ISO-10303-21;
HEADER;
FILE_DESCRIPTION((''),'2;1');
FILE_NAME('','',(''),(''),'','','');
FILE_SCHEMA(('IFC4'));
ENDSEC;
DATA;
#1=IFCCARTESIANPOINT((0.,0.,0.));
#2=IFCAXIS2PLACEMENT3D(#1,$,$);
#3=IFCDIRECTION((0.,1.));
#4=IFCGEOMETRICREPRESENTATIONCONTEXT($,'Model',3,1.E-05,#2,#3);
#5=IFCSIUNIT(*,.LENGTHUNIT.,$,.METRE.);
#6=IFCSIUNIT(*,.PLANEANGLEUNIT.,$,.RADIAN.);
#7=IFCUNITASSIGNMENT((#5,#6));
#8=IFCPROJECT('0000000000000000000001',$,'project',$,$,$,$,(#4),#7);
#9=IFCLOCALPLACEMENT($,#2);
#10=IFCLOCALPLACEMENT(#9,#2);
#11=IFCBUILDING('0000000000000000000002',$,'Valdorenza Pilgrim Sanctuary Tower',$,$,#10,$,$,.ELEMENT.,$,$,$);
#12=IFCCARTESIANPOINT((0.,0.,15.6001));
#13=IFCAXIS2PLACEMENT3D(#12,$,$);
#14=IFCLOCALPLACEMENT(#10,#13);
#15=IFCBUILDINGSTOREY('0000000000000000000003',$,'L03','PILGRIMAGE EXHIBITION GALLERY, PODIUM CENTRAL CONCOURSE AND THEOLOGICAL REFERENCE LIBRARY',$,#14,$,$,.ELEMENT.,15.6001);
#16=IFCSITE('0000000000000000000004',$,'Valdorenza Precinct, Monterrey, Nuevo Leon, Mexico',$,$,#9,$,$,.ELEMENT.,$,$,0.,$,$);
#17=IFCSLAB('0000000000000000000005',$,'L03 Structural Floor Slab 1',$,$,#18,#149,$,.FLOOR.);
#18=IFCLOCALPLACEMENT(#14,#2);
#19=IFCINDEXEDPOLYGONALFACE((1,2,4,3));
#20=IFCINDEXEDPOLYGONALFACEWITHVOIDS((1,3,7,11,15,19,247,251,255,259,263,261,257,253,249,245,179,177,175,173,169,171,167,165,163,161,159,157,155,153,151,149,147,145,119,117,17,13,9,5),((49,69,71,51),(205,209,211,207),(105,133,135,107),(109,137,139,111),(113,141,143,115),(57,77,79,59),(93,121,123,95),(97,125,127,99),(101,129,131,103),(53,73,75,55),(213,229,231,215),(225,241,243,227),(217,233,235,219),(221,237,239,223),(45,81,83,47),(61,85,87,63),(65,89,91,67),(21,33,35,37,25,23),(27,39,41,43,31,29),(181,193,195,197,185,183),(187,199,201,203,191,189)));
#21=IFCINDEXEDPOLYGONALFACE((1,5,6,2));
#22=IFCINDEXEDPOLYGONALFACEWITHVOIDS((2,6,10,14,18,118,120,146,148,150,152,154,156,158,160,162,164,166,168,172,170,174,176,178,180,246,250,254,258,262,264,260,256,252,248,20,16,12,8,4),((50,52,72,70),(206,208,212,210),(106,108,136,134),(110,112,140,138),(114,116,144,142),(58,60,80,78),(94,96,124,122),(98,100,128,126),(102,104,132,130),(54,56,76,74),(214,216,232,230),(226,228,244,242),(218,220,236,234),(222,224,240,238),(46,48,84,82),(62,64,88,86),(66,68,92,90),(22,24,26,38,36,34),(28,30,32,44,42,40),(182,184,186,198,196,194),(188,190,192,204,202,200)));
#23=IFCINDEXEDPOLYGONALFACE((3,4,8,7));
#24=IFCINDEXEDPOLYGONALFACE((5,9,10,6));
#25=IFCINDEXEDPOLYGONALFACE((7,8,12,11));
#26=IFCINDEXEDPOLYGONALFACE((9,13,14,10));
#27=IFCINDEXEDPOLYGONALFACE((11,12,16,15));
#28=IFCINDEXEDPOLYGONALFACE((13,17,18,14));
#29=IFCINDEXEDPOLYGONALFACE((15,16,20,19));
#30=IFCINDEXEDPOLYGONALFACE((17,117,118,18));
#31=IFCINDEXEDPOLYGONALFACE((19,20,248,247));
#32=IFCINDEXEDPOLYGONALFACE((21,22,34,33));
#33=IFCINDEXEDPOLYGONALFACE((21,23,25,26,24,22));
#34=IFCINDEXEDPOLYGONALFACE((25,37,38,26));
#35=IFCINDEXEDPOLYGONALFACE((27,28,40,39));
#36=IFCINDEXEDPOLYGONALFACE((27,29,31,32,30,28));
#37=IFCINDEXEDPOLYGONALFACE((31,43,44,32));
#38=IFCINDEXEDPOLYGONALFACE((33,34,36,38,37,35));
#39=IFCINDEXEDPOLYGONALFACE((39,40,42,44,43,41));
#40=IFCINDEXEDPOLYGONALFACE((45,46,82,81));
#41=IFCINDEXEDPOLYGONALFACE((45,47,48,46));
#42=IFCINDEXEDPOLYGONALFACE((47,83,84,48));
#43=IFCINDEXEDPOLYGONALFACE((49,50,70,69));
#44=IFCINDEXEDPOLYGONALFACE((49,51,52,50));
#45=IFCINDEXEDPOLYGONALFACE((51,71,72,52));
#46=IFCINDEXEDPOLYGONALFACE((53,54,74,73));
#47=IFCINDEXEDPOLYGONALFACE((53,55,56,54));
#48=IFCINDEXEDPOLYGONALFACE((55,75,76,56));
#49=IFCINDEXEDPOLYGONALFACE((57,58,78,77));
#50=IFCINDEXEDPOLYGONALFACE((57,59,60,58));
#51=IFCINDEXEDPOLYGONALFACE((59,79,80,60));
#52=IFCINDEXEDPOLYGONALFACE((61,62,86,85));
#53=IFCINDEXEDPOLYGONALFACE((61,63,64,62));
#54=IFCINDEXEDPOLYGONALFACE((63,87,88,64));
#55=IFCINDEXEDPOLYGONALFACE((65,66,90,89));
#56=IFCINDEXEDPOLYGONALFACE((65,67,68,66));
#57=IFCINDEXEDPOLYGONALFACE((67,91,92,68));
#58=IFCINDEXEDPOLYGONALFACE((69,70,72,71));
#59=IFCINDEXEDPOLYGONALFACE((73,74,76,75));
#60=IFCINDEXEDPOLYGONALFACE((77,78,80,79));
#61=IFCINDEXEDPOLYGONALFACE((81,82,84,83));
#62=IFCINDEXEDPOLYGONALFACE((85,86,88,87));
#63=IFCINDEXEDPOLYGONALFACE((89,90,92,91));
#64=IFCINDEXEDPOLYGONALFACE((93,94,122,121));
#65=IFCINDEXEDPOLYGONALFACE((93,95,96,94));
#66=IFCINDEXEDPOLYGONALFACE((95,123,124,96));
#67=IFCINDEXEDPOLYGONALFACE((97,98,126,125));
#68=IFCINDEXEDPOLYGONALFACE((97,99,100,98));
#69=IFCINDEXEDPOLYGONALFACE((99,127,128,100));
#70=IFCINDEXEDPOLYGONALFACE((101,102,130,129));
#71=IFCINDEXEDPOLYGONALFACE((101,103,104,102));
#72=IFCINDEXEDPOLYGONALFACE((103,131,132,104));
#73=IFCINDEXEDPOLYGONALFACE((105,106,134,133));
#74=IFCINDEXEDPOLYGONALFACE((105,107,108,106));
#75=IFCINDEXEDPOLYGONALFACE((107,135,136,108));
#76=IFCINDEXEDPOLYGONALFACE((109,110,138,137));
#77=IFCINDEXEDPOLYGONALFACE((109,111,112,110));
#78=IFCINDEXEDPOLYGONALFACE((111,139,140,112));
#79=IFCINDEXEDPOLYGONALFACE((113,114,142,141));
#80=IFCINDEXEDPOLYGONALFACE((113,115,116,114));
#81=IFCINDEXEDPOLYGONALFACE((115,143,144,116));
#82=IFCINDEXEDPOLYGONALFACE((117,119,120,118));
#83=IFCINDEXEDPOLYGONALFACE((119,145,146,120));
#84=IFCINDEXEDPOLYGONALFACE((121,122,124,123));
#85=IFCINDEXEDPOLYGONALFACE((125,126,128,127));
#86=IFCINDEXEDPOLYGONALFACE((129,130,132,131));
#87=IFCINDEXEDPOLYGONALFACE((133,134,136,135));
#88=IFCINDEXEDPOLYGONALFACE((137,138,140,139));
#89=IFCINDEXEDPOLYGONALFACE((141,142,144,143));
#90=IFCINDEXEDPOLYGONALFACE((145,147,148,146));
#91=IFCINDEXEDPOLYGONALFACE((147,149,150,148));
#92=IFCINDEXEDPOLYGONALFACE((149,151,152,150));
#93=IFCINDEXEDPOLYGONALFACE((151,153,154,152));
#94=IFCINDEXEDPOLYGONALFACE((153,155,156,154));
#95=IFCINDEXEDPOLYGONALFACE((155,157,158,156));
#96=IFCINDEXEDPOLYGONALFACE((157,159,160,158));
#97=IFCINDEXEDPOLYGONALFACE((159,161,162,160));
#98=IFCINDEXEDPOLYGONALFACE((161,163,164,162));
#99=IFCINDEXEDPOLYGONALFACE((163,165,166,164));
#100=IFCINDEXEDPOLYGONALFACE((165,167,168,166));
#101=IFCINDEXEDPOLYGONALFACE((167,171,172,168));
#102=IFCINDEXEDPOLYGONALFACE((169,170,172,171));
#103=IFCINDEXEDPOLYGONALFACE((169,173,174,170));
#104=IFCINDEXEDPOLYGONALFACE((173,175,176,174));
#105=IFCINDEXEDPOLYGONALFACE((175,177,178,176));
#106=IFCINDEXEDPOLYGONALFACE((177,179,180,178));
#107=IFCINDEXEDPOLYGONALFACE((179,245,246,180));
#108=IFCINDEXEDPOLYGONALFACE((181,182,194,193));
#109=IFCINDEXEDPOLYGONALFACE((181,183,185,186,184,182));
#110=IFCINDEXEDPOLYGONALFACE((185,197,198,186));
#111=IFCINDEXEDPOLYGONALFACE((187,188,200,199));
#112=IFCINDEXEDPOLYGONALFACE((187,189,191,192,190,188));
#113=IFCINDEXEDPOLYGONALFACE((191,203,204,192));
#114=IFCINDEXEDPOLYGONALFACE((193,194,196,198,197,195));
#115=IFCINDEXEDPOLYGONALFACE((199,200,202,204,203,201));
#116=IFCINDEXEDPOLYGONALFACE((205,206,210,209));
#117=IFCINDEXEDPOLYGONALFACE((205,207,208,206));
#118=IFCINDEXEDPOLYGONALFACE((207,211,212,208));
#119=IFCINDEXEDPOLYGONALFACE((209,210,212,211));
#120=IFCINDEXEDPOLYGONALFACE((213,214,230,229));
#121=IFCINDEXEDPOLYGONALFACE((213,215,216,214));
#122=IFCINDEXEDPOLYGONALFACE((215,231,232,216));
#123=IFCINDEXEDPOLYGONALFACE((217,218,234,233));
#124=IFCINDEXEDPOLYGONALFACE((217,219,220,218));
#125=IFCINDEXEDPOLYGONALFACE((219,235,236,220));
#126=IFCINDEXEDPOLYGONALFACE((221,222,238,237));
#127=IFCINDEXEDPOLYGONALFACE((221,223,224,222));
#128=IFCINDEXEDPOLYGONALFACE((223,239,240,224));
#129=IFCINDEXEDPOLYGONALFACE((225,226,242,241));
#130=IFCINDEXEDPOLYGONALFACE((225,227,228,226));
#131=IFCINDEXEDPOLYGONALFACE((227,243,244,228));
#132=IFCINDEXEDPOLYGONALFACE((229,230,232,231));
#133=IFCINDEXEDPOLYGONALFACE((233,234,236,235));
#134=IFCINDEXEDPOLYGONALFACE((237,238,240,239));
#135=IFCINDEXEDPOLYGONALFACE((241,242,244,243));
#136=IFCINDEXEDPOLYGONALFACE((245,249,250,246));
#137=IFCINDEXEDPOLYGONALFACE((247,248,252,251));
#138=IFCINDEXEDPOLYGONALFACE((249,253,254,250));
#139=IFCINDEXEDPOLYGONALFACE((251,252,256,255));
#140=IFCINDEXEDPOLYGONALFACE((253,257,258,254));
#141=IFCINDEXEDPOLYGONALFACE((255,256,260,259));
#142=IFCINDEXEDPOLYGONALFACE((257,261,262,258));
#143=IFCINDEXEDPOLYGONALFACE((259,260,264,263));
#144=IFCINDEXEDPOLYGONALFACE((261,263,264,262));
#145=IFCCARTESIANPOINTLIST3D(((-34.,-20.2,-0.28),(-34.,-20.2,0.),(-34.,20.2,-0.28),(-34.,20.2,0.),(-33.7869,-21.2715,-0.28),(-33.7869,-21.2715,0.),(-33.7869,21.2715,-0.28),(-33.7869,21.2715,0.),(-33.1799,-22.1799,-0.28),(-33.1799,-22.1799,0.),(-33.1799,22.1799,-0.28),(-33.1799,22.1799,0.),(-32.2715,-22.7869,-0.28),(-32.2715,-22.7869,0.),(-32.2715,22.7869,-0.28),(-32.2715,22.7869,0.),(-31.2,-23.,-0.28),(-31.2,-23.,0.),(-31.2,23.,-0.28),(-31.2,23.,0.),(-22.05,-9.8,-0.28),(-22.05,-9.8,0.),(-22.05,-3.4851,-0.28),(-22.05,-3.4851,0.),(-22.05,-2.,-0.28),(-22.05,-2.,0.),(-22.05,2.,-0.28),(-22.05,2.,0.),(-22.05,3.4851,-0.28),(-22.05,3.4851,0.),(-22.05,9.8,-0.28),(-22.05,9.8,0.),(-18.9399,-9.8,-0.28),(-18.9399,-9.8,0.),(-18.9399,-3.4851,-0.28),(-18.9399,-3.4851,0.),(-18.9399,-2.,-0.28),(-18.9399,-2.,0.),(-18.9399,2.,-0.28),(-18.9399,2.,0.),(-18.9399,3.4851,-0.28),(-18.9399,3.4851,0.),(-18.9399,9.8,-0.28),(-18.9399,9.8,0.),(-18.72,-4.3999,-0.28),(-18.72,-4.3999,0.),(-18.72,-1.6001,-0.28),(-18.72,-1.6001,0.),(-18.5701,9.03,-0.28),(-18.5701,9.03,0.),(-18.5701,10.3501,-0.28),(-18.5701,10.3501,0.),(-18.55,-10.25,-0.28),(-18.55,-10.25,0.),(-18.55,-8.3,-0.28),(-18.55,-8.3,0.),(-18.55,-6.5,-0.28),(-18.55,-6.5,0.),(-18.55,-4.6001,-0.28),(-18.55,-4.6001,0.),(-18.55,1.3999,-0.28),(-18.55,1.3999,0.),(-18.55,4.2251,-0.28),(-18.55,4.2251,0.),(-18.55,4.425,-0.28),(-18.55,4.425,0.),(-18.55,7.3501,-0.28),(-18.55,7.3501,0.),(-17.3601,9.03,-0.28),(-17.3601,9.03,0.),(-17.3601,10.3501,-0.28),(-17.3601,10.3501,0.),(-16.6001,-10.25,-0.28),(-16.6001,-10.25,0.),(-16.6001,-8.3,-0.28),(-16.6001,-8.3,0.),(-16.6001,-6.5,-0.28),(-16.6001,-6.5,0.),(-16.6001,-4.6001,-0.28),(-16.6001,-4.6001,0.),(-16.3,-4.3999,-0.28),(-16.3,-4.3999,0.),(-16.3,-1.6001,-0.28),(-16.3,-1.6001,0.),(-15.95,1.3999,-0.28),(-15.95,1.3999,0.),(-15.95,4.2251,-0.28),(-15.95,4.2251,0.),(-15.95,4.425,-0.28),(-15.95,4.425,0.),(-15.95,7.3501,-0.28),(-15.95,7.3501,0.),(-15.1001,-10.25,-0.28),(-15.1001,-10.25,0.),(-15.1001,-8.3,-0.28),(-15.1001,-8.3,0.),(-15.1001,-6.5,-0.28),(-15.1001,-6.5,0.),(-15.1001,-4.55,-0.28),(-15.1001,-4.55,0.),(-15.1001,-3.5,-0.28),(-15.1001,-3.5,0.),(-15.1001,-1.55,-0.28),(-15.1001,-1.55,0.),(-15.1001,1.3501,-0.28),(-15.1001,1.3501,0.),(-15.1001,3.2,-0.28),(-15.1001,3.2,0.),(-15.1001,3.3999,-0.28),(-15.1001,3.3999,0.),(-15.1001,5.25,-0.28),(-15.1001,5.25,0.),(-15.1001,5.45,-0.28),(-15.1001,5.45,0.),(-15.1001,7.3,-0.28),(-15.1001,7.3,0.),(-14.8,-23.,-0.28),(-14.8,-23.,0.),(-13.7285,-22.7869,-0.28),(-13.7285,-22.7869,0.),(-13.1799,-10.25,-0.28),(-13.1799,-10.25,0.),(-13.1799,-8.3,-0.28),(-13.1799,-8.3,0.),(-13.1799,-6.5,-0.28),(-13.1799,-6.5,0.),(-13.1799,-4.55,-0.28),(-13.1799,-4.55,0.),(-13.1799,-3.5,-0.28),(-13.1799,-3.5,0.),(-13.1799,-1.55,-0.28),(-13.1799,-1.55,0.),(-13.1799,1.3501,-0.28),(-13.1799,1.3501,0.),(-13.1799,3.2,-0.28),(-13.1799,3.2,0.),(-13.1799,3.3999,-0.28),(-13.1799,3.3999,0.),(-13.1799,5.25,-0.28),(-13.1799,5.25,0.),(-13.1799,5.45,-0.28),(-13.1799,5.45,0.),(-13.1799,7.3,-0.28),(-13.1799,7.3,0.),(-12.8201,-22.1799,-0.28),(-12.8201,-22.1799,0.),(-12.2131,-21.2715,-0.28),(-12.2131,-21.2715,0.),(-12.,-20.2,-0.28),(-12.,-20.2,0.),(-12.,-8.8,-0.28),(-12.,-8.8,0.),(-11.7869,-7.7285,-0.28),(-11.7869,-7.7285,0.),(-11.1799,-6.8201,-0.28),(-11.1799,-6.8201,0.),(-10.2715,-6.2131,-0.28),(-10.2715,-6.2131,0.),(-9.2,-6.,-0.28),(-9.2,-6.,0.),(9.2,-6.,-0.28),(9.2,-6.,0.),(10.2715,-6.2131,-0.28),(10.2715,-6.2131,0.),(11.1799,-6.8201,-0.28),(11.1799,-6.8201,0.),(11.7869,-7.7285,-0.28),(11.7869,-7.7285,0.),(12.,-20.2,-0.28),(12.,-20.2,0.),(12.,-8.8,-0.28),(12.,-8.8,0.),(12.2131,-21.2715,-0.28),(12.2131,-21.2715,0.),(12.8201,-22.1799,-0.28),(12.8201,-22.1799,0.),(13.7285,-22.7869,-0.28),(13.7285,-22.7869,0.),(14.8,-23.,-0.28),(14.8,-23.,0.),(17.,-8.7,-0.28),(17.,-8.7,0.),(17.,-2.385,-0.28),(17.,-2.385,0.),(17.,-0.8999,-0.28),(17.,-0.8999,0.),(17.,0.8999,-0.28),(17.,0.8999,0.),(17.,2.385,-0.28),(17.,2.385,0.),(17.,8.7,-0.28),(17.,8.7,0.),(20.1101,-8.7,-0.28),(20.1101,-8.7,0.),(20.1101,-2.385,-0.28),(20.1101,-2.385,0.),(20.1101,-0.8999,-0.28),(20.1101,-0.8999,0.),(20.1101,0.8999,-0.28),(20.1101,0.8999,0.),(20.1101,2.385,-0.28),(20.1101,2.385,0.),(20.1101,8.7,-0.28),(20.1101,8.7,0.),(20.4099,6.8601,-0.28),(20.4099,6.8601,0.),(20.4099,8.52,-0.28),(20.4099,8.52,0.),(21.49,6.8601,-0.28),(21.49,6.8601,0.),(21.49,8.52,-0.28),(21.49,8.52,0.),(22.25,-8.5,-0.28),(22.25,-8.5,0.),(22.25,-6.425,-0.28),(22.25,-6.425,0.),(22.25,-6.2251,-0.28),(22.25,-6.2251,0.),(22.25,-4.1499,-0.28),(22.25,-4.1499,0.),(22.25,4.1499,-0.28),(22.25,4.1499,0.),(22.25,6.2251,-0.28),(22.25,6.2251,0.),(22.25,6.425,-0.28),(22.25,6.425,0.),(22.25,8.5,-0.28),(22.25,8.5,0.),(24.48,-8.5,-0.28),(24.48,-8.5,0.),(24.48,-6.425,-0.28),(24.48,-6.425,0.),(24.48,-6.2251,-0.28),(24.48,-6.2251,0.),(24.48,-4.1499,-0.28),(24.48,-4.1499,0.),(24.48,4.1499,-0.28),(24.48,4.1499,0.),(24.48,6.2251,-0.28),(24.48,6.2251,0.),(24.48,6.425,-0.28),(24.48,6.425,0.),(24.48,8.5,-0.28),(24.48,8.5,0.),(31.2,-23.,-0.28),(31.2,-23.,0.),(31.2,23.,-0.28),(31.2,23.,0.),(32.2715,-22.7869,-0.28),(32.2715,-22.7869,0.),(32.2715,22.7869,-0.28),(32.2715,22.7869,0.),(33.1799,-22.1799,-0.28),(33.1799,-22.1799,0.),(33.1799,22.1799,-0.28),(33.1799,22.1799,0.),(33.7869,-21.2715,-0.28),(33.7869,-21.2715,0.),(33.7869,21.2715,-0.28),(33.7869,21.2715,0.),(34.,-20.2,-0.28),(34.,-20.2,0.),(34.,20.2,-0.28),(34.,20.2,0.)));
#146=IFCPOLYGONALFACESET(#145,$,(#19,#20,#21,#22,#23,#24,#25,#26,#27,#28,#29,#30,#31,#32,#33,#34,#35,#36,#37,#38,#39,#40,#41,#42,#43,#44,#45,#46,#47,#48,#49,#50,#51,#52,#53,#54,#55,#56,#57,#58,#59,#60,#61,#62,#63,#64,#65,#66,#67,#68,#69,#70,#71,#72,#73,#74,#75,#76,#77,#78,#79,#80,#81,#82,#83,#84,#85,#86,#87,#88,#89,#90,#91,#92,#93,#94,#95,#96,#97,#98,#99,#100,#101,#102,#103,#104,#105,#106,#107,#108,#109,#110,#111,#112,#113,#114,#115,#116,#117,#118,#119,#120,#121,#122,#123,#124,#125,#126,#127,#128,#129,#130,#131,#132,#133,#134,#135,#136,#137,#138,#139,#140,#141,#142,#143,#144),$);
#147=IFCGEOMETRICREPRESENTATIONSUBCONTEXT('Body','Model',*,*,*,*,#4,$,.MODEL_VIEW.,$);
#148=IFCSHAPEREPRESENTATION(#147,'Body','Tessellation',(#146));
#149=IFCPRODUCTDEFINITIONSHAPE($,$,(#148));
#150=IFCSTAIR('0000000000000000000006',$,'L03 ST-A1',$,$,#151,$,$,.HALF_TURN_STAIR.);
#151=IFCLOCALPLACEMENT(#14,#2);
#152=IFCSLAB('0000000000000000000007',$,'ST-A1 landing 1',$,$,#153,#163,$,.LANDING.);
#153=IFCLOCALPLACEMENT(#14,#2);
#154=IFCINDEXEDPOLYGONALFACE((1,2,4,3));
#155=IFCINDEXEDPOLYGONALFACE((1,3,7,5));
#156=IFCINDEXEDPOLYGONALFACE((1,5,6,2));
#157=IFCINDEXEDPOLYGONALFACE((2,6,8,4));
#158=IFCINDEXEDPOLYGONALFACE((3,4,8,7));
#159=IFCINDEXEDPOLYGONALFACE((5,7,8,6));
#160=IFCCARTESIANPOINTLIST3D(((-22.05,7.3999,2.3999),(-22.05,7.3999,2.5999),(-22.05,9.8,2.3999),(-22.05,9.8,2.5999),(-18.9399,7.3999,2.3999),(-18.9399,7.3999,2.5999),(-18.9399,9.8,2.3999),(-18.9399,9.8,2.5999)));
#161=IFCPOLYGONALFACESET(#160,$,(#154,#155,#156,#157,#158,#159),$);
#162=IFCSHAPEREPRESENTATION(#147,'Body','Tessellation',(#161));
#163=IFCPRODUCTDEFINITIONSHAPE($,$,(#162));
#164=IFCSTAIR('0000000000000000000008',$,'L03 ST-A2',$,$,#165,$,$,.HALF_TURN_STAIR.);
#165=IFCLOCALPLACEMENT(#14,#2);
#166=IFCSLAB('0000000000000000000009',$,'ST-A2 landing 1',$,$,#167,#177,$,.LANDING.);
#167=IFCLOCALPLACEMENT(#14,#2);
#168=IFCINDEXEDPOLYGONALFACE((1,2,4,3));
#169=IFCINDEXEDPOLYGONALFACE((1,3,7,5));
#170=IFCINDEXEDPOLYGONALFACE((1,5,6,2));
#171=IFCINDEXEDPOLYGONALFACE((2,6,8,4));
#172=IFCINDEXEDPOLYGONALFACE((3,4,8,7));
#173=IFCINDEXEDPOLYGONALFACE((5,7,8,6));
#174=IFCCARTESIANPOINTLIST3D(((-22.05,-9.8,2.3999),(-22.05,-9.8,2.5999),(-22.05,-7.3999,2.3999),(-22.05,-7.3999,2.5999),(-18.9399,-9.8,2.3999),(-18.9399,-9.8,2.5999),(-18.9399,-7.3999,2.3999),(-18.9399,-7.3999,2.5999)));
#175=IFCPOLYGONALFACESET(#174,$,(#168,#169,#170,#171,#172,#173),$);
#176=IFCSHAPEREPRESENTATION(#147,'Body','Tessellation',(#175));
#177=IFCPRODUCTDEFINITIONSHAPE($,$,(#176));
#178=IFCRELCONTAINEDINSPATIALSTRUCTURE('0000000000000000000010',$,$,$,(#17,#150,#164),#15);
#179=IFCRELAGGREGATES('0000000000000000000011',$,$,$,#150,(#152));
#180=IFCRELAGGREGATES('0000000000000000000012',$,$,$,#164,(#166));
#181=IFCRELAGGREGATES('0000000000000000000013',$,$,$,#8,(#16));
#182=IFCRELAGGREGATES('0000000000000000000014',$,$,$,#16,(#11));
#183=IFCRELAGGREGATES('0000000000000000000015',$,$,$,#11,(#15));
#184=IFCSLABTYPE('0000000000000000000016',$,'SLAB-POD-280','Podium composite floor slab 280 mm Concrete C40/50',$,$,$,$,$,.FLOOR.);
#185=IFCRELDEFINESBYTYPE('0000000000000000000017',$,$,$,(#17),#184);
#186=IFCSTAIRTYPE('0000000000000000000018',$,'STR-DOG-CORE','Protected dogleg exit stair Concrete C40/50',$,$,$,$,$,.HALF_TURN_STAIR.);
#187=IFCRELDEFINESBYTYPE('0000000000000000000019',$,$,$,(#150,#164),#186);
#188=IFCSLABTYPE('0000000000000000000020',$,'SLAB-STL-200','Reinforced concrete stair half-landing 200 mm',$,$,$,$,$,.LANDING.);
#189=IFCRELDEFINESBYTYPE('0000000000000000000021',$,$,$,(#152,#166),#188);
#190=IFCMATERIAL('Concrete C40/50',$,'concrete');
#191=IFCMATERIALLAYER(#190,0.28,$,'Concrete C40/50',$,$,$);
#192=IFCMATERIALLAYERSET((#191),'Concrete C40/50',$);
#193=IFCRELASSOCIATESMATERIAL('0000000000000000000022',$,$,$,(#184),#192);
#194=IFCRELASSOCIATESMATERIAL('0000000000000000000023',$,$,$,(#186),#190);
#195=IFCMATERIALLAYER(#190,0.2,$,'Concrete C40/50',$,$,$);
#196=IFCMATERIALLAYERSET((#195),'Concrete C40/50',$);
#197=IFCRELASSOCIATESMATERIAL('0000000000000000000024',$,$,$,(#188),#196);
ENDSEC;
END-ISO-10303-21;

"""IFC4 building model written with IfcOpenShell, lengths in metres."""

from ifc_helpers import new_model, si_unit, direction, frame, origin, place, context, subcontext, project, spatial, polyline, outline, extrude, material, layer, layer_set, type_object, element, aggregate, save


model = new_model("IFC4")

# Units and contexts
model_context = context("Model", 3, precision=1e-05, world=origin(), true_north=direction((0.0, 1.0)))
body_context = subcontext(model_context, "Body", "Model", "MODEL_VIEW")
ifc_project = project(units=[si_unit("LENGTHUNIT", "METRE"), si_unit("PLANEANGLEUNIT", "RADIAN")], contexts=[model_context])

# Site, building, storey
site_placement = place(None, origin())
site = spatial("IfcSite", under=ifc_project, at=site_placement, Name="Valdorenza Precinct, Monterrey, Nuevo Leon, Mexico", CompositionType="ELEMENT", RefElevation=0.0)
building_placement = place(site_placement, origin())
building = spatial("IfcBuilding", under=site, at=building_placement, Name="Valdorenza Pilgrim Sanctuary Tower", CompositionType="ELEMENT")
storey_placement = place(building_placement, frame((0.0, 0.0, 15.6001)))
storey = spatial("IfcBuildingStorey", under=building, at=storey_placement, Name="L03", Description="PILGRIMAGE EXHIBITION GALLERY, PODIUM CENTRAL CONCOURSE AND THEOLOGICAL REFERENCE LIBRARY", CompositionType="ELEMENT", Elevation=15.6001)

# Slab
ifc_material_1 = material(Name="Concrete C40/50", Category="concrete")
ifc_layer_1 = layer(ifc_material_1, 0.28, Name="Concrete C40/50")
ifc_layer_set_1 = layer_set([ifc_layer_1], Name="Concrete C40/50")
slab_type_1 = type_object("IfcSlabType", Name="SLAB-POD-280", Description="Podium composite floor slab 280 mm Concrete C40/50", PredefinedType="FLOOR", material=ifc_layer_set_1)
slab_1_placement = place(storey_placement, frame((0.0, 0.0, -0.28)))
element("IfcSlab", 1, at=slab_1_placement, inside=storey, type_object=slab_type_1, Name="L03 Structural Floor Slab 1", PredefinedType="FLOOR", context=body_context, shape_type="SweptSolid", body=[
    extrude(outline(polyline([(-34.0, 20.2), (-33.7869, 21.2715), (-33.1799, 22.1799), (-32.2715, 22.7869), (-31.2, 23.0), (31.2, 23.0), (32.2715, 22.7869), (33.1799, 22.1799), (33.7869, 21.2715), (34.0, 20.2), (34.0, -20.2), (33.7869, -21.2715), (33.1799, -22.1799), (32.2715, -22.7869), (31.2, -23.0), (14.8, -23.0), (13.7285, -22.7869), (12.8201, -22.1799), (12.2131, -21.2715), (12.0, -20.2), (12.0, -8.8), (11.7869, -7.7285), (11.1799, -6.8201), (10.2715, -6.2131), (9.2, -6.0), (-9.2, -6.0), (-10.2715, -6.2131), (-11.1799, -6.8201), (-11.7869, -7.7285), (-12.0, -8.8), (-12.0, -20.2), (-12.2131, -21.2715), (-12.8201, -22.1799), (-13.7285, -22.7869), (-14.8, -23.0), (-31.2, -23.0), (-32.2715, -22.7869), (-33.1799, -22.1799), (-33.7869, -21.2715), (-34.0, -20.2), (-34.0, 20.2)]), holes=[polyline([(-16.6001, -10.25), (-16.6001, -8.3), (-18.55, -8.3), (-18.55, -10.25), (-16.6001, -10.25)]), polyline([(-22.05, -9.8), (-18.9399, -9.8), (-18.9399, -3.4851), (-18.9399, -2.0), (-22.05, -2.0), (-22.05, -3.4851), (-22.05, -9.8)]), polyline([(-18.55, -6.5), (-16.6001, -6.5), (-16.6001, -4.6001), (-18.55, -4.6001), (-18.55, -6.5)]), polyline([(-13.1799, -6.5), (-13.1799, -4.55), (-15.1001, -4.55), (-15.1001, -6.5), (-13.1799, -6.5)]), polyline([(-18.72, -4.3999), (-16.3, -4.3999), (-16.3, -1.6001), (-18.72, -1.6001), (-18.72, -4.3999)]), polyline([(-13.1799, -3.5), (-13.1799, -1.55), (-15.1001, -1.55), (-15.1001, -3.5), (-13.1799, -3.5)]), polyline([(-22.05, 2.0), (-18.9399, 2.0), (-18.9399, 3.4851), (-18.9399, 9.8), (-22.05, 9.8), (-22.05, 3.4851), (-22.05, 2.0)]), polyline([(-18.55, 1.3999), (-15.95, 1.3999), (-15.95, 4.2251), (-18.55, 4.2251), (-18.55, 1.3999)]), polyline([(-15.95, 4.425), (-15.95, 7.3501), (-18.55, 7.3501), (-18.55, 4.425), (-15.95, 4.425)]), polyline([(-15.1001, 5.45), (-13.1799, 5.45), (-13.1799, 7.3), (-15.1001, 7.3), (-15.1001, 5.45)]), polyline([(-17.3601, 9.03), (-17.3601, 10.3501), (-18.5701, 10.3501), (-18.5701, 9.03), (-17.3601, 9.03)]), polyline([(-15.1001, -10.25), (-13.1799, -10.25), (-13.1799, -8.3), (-15.1001, -8.3), (-15.1001, -10.25)]), polyline([(22.25, -8.5), (24.48, -8.5), (24.48, -6.425), (22.25, -6.425), (22.25, -8.5)]), polyline([(17.0, -2.385), (17.0, -8.7), (20.1101, -8.7), (20.1101, -2.385), (20.1101, -0.8999), (17.0, -0.8999), (17.0, -2.385)]), polyline([(22.25, -6.2251), (24.48, -6.2251), (24.48, -4.1499), (22.25, -4.1499), (22.25, -6.2251)]), polyline([(17.0, 0.8999), (20.1101, 0.8999), (20.1101, 2.385), (20.1101, 8.7), (17.0, 8.7), (17.0, 2.385), (17.0, 0.8999)]), polyline([(-15.1001, 1.3501), (-13.1799, 1.3501), (-13.1799, 3.2), (-15.1001, 3.2), (-15.1001, 1.3501)]), polyline([(-15.1001, 3.3999), (-13.1799, 3.3999), (-13.1799, 5.25), (-15.1001, 5.25), (-15.1001, 3.3999)]), polyline([(22.25, 4.1499), (24.48, 4.1499), (24.48, 6.2251), (22.25, 6.2251), (22.25, 4.1499)]), polyline([(22.25, 6.425), (24.48, 6.425), (24.48, 8.5), (22.25, 8.5), (22.25, 6.425)]), polyline([(20.4099, 6.8601), (21.49, 6.8601), (21.49, 8.52), (20.4099, 8.52), (20.4099, 6.8601)])]), origin(), (0.0, 0.0, 1.0), 0.28),
])

# Stairs, slabs
stair_type = type_object("IfcStairType", Name="STR-DOG-CORE", Description="Protected dogleg exit stair Concrete C40/50", PredefinedType="HALF_TURN_STAIR", material=ifc_material_1)
stair_1_placement = place(storey_placement, origin())
stair_1 = element("IfcStair", 2, at=stair_1_placement, inside=storey, type_object=stair_type, Name="L03 ST-A1", PredefinedType="HALF_TURN_STAIR")
ifc_layer_2 = layer(ifc_material_1, 0.2, Name="Concrete C40/50")
ifc_layer_set_2 = layer_set([ifc_layer_2], Name="Concrete C40/50")
slab_type_2 = type_object("IfcSlabType", Name="SLAB-STL-200", Description="Reinforced concrete stair half-landing 200 mm", PredefinedType="LANDING", material=ifc_layer_set_2)
slab_2_placement = place(storey_placement, frame((0.0, 0.0, 2.3999)))
slab_2 = element("IfcSlab", 3, at=slab_2_placement, type_object=slab_type_2, Name="ST-A1 landing 1", PredefinedType="LANDING", context=body_context, shape_type="SweptSolid", body=[
    extrude(outline(polyline([(-18.9399, 7.3999), (-18.9399, 9.8), (-22.05, 9.8), (-22.05, 7.3999), (-18.9399, 7.3999)])), origin(), (0.0, 0.0, 1.0), 0.2),
])
aggregate(stair_1, [slab_2])
stair_2_placement = place(storey_placement, origin())
stair_2 = element("IfcStair", 4, at=stair_2_placement, inside=storey, type_object=stair_type, Name="L03 ST-A2", PredefinedType="HALF_TURN_STAIR")
slab_3_placement = place(storey_placement, frame((0.0, 0.0, 2.3999)))
slab_3 = element("IfcSlab", 5, at=slab_3_placement, type_object=slab_type_2, Name="ST-A2 landing 1", PredefinedType="LANDING", context=body_context, shape_type="SweptSolid", body=[
    extrude(outline(polyline([(-22.05, -7.3999), (-22.05, -9.8), (-18.9399, -9.8), (-18.9399, -7.3999), (-22.05, -7.3999)])), origin(), (0.0, 0.0, 1.0), 0.2),
])
aggregate(stair_2, [slab_3])

save(model, "model.ifc")
